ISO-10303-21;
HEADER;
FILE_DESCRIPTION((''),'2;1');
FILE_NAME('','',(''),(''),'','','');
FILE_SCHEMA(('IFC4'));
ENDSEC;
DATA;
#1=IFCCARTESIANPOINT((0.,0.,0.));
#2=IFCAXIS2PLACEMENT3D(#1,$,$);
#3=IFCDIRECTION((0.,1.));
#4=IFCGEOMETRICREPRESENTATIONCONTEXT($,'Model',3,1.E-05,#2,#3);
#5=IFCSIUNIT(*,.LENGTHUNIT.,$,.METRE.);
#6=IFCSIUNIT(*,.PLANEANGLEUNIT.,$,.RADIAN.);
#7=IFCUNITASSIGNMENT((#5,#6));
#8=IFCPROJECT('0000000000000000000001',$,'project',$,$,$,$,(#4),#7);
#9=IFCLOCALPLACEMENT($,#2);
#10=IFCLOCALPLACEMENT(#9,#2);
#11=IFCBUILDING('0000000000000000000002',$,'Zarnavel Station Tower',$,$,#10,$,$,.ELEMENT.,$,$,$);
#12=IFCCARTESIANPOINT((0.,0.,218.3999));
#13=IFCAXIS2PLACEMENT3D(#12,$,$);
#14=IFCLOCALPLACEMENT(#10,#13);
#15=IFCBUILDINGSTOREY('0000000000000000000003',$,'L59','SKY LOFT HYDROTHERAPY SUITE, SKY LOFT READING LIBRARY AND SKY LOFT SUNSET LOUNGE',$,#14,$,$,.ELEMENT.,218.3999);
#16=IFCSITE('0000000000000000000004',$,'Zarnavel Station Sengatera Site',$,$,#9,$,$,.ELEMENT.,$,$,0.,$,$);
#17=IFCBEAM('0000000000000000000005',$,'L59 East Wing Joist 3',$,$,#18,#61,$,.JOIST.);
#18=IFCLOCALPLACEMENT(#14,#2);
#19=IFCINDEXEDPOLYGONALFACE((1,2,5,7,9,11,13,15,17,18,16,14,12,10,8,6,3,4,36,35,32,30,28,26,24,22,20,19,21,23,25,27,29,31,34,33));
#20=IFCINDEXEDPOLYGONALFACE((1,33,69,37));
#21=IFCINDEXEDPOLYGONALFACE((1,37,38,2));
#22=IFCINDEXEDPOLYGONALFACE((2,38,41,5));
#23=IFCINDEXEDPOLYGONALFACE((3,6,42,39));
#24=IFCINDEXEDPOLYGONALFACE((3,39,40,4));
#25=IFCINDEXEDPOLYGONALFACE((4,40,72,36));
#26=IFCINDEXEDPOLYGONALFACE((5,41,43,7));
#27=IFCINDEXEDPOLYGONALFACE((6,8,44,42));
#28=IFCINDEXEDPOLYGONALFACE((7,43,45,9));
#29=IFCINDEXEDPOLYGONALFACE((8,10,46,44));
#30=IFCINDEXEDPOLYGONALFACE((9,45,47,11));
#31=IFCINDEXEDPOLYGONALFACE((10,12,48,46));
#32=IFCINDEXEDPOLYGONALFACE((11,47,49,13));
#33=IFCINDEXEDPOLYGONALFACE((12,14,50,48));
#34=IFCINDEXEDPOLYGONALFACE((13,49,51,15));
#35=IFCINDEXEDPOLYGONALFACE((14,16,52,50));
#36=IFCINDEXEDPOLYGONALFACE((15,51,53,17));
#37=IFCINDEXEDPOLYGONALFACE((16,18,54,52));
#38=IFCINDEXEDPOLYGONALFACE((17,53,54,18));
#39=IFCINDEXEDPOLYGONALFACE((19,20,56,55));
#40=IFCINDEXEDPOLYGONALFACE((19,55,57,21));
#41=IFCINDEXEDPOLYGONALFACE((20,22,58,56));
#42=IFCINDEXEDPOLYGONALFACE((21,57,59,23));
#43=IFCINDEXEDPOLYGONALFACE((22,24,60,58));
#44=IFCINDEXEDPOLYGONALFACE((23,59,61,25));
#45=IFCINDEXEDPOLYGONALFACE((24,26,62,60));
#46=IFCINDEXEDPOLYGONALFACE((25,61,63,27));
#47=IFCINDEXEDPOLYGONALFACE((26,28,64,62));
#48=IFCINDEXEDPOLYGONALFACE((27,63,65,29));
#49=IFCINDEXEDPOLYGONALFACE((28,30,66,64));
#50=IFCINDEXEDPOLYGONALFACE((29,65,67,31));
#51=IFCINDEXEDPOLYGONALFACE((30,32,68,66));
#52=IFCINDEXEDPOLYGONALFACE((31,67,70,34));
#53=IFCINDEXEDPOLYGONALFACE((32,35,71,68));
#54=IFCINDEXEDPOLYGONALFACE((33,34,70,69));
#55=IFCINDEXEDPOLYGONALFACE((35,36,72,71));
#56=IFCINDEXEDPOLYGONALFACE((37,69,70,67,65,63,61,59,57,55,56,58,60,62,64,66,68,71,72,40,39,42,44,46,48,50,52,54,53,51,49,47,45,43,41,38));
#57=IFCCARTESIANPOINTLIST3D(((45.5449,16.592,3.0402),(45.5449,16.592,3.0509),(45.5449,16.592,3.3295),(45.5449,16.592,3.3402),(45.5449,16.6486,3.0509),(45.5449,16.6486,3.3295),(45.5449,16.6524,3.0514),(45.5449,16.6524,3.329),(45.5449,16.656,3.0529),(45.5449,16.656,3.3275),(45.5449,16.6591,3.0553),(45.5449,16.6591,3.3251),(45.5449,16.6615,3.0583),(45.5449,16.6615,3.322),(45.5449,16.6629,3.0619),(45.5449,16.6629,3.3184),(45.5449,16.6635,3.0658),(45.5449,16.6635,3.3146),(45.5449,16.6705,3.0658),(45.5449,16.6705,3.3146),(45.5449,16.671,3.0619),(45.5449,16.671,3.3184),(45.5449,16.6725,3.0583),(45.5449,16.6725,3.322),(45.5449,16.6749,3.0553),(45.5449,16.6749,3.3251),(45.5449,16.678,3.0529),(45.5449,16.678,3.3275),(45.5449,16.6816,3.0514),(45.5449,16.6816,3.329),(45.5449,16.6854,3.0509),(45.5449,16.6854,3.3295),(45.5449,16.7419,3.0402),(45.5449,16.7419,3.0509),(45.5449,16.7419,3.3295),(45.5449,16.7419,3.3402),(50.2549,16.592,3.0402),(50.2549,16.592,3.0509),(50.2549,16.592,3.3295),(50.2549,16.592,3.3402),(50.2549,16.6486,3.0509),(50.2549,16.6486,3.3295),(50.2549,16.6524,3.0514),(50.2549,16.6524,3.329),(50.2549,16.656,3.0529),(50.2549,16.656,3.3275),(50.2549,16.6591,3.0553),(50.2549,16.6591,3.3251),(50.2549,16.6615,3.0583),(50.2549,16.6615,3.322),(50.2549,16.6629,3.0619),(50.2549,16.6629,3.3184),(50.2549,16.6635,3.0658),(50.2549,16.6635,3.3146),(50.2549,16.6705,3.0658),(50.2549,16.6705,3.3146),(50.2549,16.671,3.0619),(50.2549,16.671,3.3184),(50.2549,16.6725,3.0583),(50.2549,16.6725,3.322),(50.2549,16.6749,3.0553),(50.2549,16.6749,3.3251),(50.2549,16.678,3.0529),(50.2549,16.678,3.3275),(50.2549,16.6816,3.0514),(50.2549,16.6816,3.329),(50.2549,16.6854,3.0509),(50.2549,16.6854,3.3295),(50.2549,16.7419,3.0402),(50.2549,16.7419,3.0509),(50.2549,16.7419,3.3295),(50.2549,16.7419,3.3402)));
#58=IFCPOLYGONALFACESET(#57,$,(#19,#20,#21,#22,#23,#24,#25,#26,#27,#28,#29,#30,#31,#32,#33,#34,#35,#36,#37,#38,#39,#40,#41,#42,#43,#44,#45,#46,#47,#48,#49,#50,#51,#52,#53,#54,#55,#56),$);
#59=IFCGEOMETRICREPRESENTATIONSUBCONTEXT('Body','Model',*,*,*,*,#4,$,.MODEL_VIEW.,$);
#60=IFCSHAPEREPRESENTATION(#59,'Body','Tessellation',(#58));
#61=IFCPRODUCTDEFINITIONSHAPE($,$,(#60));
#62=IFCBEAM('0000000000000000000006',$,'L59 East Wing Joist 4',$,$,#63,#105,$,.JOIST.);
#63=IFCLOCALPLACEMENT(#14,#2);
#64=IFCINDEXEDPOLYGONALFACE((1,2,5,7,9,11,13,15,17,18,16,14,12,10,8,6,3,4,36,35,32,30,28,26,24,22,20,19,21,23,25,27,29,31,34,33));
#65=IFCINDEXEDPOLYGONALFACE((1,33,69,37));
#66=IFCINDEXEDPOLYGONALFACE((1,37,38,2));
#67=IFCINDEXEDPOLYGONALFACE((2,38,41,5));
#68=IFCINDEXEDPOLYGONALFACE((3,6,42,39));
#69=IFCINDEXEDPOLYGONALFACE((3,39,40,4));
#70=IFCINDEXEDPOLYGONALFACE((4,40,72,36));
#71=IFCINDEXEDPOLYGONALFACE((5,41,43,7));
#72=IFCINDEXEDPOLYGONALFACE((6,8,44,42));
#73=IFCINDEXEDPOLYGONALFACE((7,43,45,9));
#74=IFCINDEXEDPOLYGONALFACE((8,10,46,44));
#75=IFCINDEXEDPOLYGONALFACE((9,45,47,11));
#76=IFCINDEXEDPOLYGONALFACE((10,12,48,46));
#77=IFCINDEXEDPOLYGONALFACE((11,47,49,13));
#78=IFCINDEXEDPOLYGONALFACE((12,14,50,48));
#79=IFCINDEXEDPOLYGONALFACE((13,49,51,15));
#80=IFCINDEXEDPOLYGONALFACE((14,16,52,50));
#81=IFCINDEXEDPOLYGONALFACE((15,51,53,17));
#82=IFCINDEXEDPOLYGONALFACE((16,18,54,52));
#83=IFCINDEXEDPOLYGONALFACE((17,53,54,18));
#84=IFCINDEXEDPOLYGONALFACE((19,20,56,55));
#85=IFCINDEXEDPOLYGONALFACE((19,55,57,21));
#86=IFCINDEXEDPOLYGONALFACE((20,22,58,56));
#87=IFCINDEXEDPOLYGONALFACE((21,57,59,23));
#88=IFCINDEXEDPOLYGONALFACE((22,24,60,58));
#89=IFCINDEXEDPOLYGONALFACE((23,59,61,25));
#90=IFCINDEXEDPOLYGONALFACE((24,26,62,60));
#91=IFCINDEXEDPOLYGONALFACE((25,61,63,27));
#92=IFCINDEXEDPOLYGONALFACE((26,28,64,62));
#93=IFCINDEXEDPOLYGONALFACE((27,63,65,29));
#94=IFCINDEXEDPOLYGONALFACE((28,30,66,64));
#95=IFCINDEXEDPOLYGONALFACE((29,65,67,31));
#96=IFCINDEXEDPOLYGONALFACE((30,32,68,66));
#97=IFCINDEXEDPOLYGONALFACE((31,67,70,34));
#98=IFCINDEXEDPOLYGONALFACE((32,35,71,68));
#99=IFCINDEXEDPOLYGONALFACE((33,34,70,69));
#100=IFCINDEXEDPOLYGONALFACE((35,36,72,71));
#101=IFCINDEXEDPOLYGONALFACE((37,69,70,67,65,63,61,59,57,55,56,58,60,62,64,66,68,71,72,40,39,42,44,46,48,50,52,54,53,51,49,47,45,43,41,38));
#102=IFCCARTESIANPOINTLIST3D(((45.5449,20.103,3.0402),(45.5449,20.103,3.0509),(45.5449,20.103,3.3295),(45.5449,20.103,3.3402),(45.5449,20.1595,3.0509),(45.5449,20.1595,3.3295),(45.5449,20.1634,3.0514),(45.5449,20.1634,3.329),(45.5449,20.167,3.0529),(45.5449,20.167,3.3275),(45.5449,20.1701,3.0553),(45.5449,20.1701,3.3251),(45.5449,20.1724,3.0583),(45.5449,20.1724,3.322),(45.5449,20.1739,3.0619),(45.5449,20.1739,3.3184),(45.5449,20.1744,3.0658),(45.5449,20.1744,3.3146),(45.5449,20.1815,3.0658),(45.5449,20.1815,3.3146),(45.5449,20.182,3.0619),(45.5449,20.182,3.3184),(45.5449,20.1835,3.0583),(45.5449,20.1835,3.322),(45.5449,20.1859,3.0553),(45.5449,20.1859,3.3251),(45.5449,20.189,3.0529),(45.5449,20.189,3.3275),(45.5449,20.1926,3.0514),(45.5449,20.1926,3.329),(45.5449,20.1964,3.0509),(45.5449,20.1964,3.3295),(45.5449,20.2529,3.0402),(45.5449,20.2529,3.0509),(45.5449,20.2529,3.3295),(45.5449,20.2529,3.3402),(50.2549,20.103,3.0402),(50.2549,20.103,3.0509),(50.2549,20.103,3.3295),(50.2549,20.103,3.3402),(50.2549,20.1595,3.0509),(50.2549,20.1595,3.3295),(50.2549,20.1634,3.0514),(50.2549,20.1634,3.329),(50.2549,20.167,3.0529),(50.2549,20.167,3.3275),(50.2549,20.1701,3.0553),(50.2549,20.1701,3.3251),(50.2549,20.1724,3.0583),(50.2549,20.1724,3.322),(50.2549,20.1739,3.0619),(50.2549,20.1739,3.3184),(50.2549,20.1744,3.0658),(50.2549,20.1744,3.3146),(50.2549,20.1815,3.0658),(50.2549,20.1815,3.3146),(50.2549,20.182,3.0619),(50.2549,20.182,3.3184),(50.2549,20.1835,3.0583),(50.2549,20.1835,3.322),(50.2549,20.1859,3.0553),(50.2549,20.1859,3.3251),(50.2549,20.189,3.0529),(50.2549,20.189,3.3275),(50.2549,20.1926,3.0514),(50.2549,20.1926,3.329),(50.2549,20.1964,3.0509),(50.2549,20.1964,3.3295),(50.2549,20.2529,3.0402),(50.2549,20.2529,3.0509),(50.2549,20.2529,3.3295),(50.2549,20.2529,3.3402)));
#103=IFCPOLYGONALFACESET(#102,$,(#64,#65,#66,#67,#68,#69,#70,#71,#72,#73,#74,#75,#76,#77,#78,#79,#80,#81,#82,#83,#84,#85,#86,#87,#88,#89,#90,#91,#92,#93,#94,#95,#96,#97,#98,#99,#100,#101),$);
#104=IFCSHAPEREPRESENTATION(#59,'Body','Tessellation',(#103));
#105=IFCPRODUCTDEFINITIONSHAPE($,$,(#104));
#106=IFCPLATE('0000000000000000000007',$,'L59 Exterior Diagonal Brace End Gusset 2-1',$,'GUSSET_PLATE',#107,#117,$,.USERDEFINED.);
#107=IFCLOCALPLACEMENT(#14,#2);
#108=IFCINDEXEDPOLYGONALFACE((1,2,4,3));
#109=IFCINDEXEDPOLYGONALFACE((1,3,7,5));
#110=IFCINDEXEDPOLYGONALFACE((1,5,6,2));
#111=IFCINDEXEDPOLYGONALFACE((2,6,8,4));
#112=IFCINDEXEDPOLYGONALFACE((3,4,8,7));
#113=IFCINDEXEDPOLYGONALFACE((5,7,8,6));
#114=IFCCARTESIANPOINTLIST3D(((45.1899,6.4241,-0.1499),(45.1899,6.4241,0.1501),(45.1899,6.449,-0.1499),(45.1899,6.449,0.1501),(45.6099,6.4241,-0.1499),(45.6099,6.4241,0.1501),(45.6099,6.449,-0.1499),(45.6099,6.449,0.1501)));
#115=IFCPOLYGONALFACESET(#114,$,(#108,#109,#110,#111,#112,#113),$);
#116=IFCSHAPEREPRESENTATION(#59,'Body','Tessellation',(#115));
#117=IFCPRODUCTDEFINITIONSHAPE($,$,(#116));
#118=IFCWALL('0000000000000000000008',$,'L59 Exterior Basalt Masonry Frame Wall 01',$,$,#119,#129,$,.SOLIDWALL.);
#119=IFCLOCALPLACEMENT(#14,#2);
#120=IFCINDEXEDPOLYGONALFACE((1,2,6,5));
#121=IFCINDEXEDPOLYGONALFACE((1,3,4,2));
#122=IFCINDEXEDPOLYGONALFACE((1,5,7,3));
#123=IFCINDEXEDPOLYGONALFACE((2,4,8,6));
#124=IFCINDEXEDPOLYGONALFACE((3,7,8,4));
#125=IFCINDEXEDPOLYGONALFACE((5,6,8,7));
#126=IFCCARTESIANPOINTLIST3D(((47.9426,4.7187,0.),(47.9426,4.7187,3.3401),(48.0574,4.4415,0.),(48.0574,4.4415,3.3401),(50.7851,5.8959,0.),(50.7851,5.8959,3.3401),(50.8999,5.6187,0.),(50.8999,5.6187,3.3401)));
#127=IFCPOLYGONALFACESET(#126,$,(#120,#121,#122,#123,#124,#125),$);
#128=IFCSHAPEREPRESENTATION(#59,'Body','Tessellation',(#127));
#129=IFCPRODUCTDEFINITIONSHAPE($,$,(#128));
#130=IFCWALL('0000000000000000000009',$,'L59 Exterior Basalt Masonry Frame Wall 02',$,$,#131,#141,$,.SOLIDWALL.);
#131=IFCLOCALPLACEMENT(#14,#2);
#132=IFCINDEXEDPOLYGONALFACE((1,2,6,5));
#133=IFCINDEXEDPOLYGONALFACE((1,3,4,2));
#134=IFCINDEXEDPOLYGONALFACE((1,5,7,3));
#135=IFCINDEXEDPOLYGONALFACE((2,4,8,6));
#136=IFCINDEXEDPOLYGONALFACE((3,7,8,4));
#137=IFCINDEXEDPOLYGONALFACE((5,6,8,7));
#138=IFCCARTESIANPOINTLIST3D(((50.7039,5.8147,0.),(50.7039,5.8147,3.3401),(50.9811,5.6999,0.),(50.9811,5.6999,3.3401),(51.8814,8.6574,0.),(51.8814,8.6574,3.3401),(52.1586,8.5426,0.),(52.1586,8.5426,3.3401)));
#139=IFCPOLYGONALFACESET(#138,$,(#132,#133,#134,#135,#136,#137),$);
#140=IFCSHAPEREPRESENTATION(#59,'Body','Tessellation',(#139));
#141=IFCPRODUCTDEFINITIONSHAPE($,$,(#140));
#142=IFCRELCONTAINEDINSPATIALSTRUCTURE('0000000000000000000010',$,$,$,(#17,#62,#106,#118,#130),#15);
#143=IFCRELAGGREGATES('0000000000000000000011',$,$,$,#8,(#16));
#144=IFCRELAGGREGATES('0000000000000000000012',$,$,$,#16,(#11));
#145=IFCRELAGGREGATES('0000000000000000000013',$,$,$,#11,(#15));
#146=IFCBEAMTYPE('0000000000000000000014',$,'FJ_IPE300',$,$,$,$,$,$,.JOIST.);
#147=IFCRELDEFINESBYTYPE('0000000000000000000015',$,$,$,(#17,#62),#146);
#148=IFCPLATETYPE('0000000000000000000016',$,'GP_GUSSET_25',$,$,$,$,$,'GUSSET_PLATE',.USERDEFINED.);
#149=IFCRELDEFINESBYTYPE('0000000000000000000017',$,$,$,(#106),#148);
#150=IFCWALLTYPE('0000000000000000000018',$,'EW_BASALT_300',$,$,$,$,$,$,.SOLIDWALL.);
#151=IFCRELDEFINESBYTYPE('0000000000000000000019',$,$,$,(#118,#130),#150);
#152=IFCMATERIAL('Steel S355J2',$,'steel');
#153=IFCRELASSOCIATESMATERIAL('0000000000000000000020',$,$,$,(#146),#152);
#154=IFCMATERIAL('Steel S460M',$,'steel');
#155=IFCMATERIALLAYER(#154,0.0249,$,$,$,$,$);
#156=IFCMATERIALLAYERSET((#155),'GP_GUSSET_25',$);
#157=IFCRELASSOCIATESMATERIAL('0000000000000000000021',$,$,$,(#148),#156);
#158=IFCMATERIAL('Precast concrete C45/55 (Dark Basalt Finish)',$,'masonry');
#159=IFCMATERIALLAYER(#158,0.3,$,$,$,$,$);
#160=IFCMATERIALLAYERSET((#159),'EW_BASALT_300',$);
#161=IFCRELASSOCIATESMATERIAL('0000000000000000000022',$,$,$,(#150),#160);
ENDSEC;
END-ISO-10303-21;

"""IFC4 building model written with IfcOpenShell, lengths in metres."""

from ifc_helpers import new_model, si_unit, direction, frame, frame_2d, origin, origin_2d, place, context, subcontext, project, spatial, rectangle, i_section, extrude, material, layer, layer_set, material_profile, profile_set, type_object, element, save


model = new_model("IFC4")

# Units and contexts
model_context = context("Model", 3, precision=1e-05, world=origin(), true_north=direction((0.0, 1.0)))
body_context = subcontext(model_context, "Body", "Model", "MODEL_VIEW")
ifc_project = project(units=[si_unit("LENGTHUNIT", "METRE"), si_unit("PLANEANGLEUNIT", "RADIAN")], contexts=[model_context])

# Site, building, storey
site_placement = place(None, origin())
site = spatial("IfcSite", under=ifc_project, at=site_placement, Name="Zarnavel Station Sengatera Site", CompositionType="ELEMENT", RefElevation=0.0)
building_placement = place(site_placement, origin())
building = spatial("IfcBuilding", under=site, at=building_placement, Name="Zarnavel Station Tower", CompositionType="ELEMENT")
storey_placement = place(building_placement, frame((0.0, 0.0, 218.3999)))
storey = spatial("IfcBuildingStorey", under=building, at=storey_placement, Name="L59", Description="SKY LOFT HYDROTHERAPY SUITE, SKY LOFT READING LIBRARY AND SKY LOFT SUNSET LOUNGE", CompositionType="ELEMENT", Elevation=218.3999)

# Beams
ifc_material_1 = material(Name="Steel S355J2", Category="steel")
ifc_material_profile_1 = material_profile(ifc_material_1, i_section(OverallWidth=0.1499, OverallDepth=0.3, WebThickness=0.0071, FlangeThickness=0.0107, FilletRadius=0.0149, at=origin_2d()), Name="IPE300")
ifc_profile_set_1 = profile_set([ifc_material_profile_1], Name="Steel S355J2")
beam_type_1 = type_object("IfcBeamType", Name="FJ_IPE300", PredefinedType="JOIST", material=ifc_profile_set_1)
for number, where, z_axis, x_axis, name in (
    (1, (45.5449, 16.667, 3.1902), (1.0, 0.0, 0.0), (0.0, 1.0, 0.0), "L59 East Wing Joist 3"),
    (2, (45.5449, 20.178, 3.1902), (1.0, 0.0, 0.0), (0.0, 1.0, 0.0), "L59 East Wing Joist 4"),
):
    element("IfcBeam", number, at=place(storey_placement, frame(where, z_axis=z_axis, x_axis=x_axis)), inside=storey, type_object=beam_type_1, Name=name, PredefinedType="JOIST", context=body_context, shape_type="SweptSolid", body=[
        extrude(i_section(OverallWidth=0.1499, OverallDepth=0.3, WebThickness=0.0071, FlangeThickness=0.0107, FilletRadius=0.0149, at=origin_2d()), origin(), (0.0, 0.0, 1.0), 4.71),
    ])

# Plate
ifc_material_2 = material(Name="Steel S460M", Category="steel")
ifc_layer_1 = layer(ifc_material_2, 0.0249)
ifc_layer_set_1 = layer_set([ifc_layer_1], Name="GP_GUSSET_25")
plate_type = type_object("IfcPlateType", Name="GP_GUSSET_25", ElementType="GUSSET_PLATE", PredefinedType="USERDEFINED", material=ifc_layer_set_1)
plate_placement = place(storey_placement, frame((45.3999, 6.4365, -0.1499), z_axis=(0.0, 0.0, 1.0), x_axis=(1.0, 0.0, 0.0)))
element("IfcPlate", 3, at=plate_placement, inside=storey, type_object=plate_type, Name="L59 Exterior Diagonal Brace End Gusset 2-1", ObjectType="GUSSET_PLATE", PredefinedType="USERDEFINED", context=body_context, shape_type="SweptSolid", body=[
    extrude(rectangle(XDim=0.4199, YDim=0.0249, at=origin_2d()), origin(), (0.0, 0.0, 1.0), 0.3),
])

# Walls
ifc_material_3 = material(Name="Precast concrete C45/55 (Dark Basalt Finish)", Category="masonry")
ifc_layer_2 = layer(ifc_material_3, 0.3)
ifc_layer_set_2 = layer_set([ifc_layer_2], Name="EW_BASALT_300")
wall_type_1 = type_object("IfcWallType", Name="EW_BASALT_300", PredefinedType="SOLIDWALL", material=ifc_layer_set_2)
wall_1_placement = place(storey_placement, frame((50.8425, 5.7573, 0.0), z_axis=(0.0, 0.0, 1.0), x_axis=(-0.923899, -0.382637, 0.0)))
element("IfcWall", 4, at=wall_1_placement, inside=storey, type_object=wall_type_1, Name="L59 Exterior Basalt Masonry Frame Wall 01", PredefinedType="SOLIDWALL", context=body_context, shape_type="SweptSolid", body=[
    extrude(rectangle(XDim=3.0767, YDim=0.3, at=frame_2d((1.5383, 0.0))), origin(), (0.0, 0.0, 1.0), 3.3401),
])
wall_2_placement = place(storey_placement, frame((52.02, 8.6001, 0.0), z_axis=(0.0, 0.0, 1.0), x_axis=(-0.382676, -0.923882, 0.0)))
element("IfcWall", 5, at=wall_2_placement, inside=storey, type_object=wall_type_1, Name="L59 Exterior Basalt Masonry Frame Wall 02", PredefinedType="SOLIDWALL", context=body_context, shape_type="SweptSolid", body=[
    extrude(rectangle(XDim=3.0769, YDim=0.3, at=frame_2d((1.5386, 0.0))), origin(), (0.0, 0.0, 1.0), 3.3401),
])

save(model, "model.ifc")
